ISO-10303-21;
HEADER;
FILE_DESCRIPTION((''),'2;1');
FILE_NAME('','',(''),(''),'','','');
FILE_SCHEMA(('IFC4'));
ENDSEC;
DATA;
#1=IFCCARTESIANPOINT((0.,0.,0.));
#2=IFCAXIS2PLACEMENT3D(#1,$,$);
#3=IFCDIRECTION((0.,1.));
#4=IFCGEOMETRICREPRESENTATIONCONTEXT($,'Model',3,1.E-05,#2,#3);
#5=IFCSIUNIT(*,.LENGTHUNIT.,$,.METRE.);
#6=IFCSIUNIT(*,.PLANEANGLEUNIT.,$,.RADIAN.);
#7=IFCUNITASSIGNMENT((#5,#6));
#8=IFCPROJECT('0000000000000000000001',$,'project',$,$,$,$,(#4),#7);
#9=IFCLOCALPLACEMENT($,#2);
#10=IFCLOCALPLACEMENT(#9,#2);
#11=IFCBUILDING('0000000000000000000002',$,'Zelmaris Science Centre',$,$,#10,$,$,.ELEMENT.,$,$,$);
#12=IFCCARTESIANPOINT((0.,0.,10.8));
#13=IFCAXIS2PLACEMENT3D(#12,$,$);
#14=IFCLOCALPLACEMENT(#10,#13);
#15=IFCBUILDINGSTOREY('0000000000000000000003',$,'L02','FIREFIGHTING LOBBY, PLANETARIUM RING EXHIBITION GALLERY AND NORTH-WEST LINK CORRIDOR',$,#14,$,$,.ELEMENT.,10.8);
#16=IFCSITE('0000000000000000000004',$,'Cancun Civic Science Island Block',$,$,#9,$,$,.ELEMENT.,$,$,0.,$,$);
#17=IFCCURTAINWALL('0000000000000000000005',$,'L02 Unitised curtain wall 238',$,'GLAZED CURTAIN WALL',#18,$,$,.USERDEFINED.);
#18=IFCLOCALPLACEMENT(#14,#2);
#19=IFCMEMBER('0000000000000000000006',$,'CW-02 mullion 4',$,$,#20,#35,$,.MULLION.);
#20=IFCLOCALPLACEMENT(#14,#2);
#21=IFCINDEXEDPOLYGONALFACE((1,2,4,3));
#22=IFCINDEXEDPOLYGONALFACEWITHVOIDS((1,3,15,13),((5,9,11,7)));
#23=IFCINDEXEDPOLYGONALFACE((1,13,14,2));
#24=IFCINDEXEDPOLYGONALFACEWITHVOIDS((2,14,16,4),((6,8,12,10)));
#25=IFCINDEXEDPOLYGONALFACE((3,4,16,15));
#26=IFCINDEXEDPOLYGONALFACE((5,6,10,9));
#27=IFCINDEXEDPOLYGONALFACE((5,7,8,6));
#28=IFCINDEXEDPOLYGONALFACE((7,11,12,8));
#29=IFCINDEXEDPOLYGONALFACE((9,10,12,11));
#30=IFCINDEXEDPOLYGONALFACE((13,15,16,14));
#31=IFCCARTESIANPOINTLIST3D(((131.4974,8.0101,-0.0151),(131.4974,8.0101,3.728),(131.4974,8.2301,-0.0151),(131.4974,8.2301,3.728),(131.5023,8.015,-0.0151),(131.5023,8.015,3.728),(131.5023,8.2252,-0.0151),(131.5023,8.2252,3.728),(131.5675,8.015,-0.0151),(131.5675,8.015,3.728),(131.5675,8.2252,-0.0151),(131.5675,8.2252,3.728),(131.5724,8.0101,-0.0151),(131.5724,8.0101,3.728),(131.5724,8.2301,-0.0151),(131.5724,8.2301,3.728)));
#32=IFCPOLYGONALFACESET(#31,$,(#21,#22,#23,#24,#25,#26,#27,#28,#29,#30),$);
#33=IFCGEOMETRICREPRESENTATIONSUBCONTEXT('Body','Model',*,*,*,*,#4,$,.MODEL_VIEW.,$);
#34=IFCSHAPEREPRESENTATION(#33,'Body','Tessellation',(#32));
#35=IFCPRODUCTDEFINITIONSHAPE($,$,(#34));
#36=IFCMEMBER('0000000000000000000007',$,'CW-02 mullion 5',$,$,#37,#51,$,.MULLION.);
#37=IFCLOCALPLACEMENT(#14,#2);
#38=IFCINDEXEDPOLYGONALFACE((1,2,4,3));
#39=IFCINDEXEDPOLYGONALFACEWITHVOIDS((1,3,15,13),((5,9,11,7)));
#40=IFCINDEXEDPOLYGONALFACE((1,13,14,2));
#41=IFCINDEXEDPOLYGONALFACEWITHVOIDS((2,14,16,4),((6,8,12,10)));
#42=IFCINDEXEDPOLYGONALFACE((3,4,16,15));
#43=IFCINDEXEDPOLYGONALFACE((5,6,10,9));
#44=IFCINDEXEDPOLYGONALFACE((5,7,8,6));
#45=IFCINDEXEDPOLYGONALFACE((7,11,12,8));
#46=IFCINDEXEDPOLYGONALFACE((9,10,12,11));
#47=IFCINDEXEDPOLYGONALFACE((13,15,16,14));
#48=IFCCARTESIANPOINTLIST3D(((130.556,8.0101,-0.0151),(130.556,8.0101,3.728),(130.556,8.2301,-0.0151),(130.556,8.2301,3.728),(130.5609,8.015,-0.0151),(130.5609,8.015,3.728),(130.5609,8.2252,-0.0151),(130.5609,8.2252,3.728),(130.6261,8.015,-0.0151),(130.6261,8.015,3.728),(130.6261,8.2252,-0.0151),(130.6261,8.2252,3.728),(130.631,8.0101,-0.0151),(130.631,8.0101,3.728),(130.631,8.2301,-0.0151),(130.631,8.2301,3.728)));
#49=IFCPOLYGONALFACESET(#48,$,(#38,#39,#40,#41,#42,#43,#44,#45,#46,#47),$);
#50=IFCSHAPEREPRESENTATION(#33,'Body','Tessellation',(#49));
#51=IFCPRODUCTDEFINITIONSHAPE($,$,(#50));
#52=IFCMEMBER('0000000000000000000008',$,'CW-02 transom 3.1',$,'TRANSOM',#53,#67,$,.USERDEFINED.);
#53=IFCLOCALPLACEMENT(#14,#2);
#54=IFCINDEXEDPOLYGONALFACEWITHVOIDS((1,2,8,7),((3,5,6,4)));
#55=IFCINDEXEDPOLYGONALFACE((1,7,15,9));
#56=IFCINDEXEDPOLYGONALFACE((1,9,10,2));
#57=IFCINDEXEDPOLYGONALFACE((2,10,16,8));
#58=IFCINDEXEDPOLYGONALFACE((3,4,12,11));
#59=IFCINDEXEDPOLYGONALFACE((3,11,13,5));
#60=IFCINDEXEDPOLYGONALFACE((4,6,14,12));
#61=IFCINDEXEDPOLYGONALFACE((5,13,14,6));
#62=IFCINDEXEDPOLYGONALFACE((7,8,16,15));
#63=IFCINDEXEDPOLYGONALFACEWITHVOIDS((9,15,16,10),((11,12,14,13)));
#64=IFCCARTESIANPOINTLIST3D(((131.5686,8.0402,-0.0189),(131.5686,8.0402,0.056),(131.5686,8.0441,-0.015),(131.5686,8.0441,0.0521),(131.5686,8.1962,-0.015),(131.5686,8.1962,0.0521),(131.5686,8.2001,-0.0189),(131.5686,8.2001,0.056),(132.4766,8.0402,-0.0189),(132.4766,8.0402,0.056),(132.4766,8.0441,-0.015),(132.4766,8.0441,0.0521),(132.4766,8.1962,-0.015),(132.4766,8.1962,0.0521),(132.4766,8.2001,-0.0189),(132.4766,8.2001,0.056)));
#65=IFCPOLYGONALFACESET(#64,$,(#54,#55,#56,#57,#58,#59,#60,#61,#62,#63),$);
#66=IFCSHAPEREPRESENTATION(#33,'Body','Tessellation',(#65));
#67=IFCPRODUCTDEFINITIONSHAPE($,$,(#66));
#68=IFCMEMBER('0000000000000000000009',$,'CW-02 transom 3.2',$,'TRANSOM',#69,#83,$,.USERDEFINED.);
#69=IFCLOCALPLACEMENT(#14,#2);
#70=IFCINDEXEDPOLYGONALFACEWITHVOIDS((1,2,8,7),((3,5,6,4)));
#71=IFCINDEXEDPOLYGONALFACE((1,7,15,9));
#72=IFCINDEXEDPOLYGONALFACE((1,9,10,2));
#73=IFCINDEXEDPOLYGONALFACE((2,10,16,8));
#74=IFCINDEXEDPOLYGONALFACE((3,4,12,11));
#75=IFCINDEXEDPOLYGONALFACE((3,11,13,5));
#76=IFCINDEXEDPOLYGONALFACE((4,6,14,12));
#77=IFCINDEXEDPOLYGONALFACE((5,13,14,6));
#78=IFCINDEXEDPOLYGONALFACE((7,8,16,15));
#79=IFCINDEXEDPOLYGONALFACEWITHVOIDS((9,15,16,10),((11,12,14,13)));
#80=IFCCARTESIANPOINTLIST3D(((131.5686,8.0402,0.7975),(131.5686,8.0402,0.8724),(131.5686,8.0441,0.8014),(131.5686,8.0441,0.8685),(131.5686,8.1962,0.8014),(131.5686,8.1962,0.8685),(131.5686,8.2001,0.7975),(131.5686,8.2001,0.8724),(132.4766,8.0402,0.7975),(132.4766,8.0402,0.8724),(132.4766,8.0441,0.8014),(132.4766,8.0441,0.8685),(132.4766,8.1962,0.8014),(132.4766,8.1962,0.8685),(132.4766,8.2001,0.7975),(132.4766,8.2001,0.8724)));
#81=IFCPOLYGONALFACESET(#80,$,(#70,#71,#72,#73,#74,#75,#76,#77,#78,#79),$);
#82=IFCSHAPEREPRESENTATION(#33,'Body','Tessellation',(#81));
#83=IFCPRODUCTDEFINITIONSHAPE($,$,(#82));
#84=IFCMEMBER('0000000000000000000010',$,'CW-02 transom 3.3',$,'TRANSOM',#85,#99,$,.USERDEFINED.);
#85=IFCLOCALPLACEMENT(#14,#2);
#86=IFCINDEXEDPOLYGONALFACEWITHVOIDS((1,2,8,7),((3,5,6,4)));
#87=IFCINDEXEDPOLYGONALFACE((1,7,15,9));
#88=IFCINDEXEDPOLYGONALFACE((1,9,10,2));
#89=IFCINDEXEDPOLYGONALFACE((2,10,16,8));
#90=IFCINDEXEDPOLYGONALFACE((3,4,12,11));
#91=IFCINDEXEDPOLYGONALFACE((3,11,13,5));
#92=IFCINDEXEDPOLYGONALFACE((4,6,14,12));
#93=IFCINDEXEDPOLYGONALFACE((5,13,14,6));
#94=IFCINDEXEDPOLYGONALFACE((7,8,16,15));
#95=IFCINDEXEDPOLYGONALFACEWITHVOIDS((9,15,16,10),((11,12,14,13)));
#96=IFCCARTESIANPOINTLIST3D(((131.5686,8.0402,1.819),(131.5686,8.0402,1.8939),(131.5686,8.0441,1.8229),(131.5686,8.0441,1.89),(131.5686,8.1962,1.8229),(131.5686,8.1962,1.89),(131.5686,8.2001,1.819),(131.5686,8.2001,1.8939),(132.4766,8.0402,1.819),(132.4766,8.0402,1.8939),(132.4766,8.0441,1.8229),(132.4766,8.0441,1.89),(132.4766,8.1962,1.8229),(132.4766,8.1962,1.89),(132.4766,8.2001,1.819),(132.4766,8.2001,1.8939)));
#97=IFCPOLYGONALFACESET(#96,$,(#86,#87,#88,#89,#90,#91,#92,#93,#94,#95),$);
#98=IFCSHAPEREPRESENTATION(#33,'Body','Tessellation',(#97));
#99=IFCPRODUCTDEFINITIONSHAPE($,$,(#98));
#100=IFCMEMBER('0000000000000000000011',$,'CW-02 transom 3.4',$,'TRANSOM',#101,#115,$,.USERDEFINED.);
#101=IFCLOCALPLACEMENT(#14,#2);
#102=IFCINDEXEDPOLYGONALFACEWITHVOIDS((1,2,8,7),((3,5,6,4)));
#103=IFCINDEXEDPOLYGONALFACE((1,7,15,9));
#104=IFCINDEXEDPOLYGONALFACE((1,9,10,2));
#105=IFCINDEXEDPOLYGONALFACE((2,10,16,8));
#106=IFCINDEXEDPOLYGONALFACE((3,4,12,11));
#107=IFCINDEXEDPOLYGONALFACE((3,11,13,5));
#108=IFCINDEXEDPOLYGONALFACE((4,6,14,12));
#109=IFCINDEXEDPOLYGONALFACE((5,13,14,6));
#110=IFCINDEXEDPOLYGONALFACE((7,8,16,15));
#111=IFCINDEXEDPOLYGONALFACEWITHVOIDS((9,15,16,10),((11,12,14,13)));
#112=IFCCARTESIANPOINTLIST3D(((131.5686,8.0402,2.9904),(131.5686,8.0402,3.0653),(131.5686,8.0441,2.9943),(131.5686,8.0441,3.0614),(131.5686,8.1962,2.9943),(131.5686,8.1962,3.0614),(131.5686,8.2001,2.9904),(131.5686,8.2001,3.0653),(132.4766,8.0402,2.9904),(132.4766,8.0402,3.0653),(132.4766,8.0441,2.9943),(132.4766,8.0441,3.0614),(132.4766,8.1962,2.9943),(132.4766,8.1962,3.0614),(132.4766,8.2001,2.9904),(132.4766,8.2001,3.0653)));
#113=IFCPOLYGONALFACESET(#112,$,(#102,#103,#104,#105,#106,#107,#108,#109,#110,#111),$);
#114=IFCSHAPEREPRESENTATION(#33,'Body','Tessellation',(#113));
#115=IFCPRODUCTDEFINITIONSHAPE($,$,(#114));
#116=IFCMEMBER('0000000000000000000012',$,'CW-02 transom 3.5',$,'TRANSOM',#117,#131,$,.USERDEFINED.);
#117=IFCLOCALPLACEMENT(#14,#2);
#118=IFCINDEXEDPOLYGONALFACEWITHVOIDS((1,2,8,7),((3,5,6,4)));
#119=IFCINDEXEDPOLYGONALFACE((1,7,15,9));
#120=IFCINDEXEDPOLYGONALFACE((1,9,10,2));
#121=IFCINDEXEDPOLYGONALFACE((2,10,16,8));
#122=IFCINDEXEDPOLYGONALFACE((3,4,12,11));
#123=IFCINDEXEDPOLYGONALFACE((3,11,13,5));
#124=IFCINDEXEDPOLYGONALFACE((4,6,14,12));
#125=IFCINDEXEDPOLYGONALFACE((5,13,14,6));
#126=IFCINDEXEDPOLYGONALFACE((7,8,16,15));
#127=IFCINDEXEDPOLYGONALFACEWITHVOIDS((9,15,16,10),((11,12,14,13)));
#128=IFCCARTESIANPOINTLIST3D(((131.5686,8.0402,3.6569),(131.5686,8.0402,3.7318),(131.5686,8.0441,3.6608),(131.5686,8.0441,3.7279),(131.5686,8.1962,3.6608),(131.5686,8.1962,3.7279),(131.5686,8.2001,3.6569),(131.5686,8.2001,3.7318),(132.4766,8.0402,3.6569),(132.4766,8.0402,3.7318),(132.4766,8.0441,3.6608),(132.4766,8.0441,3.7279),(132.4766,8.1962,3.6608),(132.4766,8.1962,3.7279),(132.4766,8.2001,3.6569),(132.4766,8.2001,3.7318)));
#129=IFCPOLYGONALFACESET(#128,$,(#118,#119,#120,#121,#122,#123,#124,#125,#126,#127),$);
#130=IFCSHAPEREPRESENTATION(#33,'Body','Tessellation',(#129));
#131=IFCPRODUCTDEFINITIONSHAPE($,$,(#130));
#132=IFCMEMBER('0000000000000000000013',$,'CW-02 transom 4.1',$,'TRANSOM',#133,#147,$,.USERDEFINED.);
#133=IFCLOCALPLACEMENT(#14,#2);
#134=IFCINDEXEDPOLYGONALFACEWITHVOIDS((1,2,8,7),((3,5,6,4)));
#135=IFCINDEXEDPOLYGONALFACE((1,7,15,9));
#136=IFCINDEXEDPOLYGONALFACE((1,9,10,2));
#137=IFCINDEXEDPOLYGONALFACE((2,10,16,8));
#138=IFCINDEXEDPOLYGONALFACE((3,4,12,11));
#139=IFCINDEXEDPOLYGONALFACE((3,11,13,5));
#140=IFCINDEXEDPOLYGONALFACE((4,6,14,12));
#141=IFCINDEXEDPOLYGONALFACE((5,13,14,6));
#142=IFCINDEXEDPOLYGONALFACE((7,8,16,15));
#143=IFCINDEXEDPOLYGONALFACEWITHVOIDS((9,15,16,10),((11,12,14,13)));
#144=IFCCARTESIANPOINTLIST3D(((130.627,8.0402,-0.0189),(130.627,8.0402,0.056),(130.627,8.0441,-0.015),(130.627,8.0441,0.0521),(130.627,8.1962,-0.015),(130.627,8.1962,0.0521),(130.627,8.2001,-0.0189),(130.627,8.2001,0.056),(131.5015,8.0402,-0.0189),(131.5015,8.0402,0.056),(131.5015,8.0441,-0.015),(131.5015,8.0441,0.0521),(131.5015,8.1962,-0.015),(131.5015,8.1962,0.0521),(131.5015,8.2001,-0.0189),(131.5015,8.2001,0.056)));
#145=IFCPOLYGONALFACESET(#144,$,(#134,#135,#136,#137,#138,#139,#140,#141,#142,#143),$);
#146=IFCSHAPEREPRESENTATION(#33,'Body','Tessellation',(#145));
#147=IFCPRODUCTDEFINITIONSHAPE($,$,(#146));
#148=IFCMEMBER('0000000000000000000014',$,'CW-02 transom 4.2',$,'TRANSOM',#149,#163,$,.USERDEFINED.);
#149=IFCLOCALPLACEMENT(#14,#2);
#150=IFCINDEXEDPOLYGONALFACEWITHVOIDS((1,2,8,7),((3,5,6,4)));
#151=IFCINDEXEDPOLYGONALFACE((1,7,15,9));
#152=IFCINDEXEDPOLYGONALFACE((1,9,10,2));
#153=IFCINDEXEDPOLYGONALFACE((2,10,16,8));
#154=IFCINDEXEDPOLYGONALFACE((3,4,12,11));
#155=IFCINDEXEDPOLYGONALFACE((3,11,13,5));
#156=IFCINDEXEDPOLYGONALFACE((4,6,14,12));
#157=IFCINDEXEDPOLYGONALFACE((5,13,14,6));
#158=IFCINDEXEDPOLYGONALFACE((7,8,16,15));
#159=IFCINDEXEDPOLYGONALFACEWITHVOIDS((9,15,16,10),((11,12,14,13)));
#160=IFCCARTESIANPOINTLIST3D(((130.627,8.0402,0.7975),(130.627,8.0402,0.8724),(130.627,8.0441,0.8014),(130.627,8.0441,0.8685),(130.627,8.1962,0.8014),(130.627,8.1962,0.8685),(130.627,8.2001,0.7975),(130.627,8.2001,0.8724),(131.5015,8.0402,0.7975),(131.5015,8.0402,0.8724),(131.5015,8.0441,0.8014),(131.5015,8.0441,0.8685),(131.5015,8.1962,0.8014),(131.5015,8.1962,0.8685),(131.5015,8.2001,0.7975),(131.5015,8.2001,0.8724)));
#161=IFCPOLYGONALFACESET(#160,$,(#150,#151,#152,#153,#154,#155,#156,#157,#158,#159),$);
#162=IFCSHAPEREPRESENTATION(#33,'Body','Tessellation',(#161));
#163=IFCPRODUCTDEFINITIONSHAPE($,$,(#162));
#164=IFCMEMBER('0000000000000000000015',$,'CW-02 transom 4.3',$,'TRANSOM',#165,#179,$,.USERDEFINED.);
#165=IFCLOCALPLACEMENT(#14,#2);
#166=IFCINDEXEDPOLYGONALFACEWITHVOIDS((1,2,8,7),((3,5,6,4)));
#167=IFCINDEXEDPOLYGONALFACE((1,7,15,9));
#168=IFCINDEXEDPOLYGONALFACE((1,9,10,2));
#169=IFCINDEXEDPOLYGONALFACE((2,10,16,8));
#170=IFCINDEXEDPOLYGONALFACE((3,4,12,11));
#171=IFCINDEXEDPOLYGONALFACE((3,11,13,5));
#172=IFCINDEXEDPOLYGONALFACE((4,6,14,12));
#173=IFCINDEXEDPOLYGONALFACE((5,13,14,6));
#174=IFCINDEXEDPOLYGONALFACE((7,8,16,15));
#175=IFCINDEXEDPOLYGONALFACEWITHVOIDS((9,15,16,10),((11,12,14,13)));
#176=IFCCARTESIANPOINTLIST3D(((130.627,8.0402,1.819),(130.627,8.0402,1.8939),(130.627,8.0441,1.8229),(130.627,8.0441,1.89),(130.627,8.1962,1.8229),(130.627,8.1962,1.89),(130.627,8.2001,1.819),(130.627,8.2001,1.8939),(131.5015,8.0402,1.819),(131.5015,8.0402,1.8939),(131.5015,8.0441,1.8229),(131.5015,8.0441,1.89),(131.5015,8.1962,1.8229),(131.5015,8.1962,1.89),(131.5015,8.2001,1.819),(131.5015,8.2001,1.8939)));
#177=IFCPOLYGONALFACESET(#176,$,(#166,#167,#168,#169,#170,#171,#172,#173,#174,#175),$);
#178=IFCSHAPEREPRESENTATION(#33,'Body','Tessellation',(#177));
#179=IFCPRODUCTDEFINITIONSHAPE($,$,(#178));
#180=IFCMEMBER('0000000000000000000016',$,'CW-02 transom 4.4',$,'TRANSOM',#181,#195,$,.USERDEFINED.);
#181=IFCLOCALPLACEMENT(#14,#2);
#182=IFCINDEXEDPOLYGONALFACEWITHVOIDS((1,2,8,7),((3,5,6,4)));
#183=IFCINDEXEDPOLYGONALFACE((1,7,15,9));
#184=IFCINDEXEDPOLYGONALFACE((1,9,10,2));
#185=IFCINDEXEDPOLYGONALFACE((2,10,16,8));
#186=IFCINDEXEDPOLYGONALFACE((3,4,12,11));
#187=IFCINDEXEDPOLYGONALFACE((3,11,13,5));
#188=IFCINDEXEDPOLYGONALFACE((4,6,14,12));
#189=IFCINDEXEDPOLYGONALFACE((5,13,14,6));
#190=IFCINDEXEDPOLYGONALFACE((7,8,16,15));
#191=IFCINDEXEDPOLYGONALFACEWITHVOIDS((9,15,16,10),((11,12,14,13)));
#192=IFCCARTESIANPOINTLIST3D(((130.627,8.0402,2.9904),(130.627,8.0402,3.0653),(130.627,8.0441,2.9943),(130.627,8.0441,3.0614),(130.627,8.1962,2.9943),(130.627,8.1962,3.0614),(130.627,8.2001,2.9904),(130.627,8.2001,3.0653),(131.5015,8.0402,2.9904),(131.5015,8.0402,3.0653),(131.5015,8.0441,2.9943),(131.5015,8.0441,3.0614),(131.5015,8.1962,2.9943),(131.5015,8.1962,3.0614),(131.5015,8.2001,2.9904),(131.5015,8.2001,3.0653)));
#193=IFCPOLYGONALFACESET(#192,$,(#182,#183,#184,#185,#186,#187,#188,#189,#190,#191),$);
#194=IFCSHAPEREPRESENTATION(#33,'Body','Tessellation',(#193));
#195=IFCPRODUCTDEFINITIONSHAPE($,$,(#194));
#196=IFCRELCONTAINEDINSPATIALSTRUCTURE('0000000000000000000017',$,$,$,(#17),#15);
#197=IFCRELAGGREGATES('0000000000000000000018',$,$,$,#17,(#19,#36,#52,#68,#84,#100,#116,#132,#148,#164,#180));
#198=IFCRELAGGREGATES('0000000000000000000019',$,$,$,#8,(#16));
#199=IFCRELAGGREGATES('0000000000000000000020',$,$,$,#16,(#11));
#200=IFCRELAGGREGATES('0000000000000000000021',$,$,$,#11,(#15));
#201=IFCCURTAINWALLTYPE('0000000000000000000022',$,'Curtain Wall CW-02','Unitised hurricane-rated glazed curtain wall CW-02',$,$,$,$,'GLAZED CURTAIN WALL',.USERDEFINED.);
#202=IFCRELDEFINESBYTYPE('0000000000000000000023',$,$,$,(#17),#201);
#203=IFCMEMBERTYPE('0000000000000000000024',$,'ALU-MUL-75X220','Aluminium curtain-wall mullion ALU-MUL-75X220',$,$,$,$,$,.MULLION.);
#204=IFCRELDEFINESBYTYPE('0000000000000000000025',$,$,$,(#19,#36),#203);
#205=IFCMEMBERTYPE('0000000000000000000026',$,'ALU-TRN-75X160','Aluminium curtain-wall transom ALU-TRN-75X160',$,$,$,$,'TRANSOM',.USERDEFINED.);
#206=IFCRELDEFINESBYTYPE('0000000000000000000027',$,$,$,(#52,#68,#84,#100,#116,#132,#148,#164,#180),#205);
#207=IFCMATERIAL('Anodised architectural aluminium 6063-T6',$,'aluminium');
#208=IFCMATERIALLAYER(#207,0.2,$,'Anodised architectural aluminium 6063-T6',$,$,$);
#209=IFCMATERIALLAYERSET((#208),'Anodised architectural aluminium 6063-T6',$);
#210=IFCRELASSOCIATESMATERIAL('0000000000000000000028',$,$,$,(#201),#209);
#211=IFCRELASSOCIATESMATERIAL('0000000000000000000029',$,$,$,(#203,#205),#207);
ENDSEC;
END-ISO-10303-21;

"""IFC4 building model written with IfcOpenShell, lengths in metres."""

from ifc_helpers import new_model, si_unit, direction, frame, origin, origin_2d, place, context, subcontext, project, spatial, hollow_rectangle, extrude, material, layer, layer_set, material_profile, profile_set, type_object, element, aggregate, save


model = new_model("IFC4")

# Units and contexts
model_context = context("Model", 3, precision=1e-05, world=origin(), true_north=direction((0.0, 1.0)))
body_context = subcontext(model_context, "Body", "Model", "MODEL_VIEW")
ifc_project = project(units=[si_unit("LENGTHUNIT", "METRE"), si_unit("PLANEANGLEUNIT", "RADIAN")], contexts=[model_context])

# Site, building, storey
site_placement = place(None, origin())
site = spatial("IfcSite", under=ifc_project, at=site_placement, Name="Cancun Civic Science Island Block", CompositionType="ELEMENT", RefElevation=0.0)
building_placement = place(site_placement, origin())
building = spatial("IfcBuilding", under=site, at=building_placement, Name="Zelmaris Science Centre", CompositionType="ELEMENT")
storey_placement = place(building_placement, frame((0.0, 0.0, 10.8)))
storey = spatial("IfcBuildingStorey", under=building, at=storey_placement, Name="L02", Description="FIREFIGHTING LOBBY, PLANETARIUM RING EXHIBITION GALLERY AND NORTH-WEST LINK CORRIDOR", CompositionType="ELEMENT", Elevation=10.8)

# Curtain wall, members
ifc_material_1 = material(Name="Anodised architectural aluminium 6063-T6", Category="aluminium")
ifc_layer_1 = layer(ifc_material_1, 0.2, Name="Anodised architectural aluminium 6063-T6")
ifc_layer_set_1 = layer_set([ifc_layer_1], Name="Anodised architectural aluminium 6063-T6")
curtain_wall_type = type_object("IfcCurtainWallType", Name="Curtain Wall CW-02", Description="Unitised hurricane-rated glazed curtain wall CW-02", ElementType="GLAZED CURTAIN WALL", PredefinedType="USERDEFINED", material=ifc_layer_set_1)
curtain_wall_placement = place(storey_placement, origin())
curtain_wall = element("IfcCurtainWall", 1, at=curtain_wall_placement, inside=storey, type_object=curtain_wall_type, Name="L02 Unitised curtain wall 238", ObjectType="GLAZED CURTAIN WALL", PredefinedType="USERDEFINED")
ifc_material_profile_1 = material_profile(ifc_material_1, hollow_rectangle(XDim=0.075, YDim=0.22, WallThickness=0.0049, at=origin_2d()), Name="ALU-MUL-75X220")
ifc_profile_set_1 = profile_set([ifc_material_profile_1], Name="Anodised architectural aluminium 6063-T6")
member_type_1 = type_object("IfcMemberType", Name="ALU-MUL-75X220", Description="Aluminium curtain-wall mullion ALU-MUL-75X220", PredefinedType="MULLION", material=ifc_profile_set_1)
member_1_placement = place(storey_placement, frame((131.5349, 8.1201, -0.0151), z_axis=(0.0, 0.0, 1.0), x_axis=(-1.0, 0.0, 0.0)))
member_1 = element("IfcMember", 2, at=member_1_placement, type_object=member_type_1, Name="CW-02 mullion 4", PredefinedType="MULLION", context=body_context, shape_type="SweptSolid", body=[
    extrude(hollow_rectangle(XDim=0.075, YDim=0.22, WallThickness=0.0049, at=origin_2d()), origin(), (0.0, 0.0, 1.0), 3.7432),
])
member_2_placement = place(storey_placement, frame((130.5935, 8.1201, -0.0151), z_axis=(0.0, 0.0, 1.0), x_axis=(-1.0, 0.0, 0.0)))
member_2 = element("IfcMember", 3, at=member_2_placement, type_object=member_type_1, Name="CW-02 mullion 5", PredefinedType="MULLION", context=body_context, shape_type="SweptSolid", body=[
    extrude(hollow_rectangle(XDim=0.075, YDim=0.22, WallThickness=0.0049, at=origin_2d()), origin(), (0.0, 0.0, 1.0), 3.7432),
])
ifc_material_profile_2 = material_profile(ifc_material_1, hollow_rectangle(XDim=0.075, YDim=0.1599, WallThickness=0.0039, at=origin_2d()), Name="ALU-TRN-75X160")
ifc_profile_set_2 = profile_set([ifc_material_profile_2], Name="Anodised architectural aluminium 6063-T6")
member_type_2 = type_object("IfcMemberType", Name="ALU-TRN-75X160", Description="Aluminium curtain-wall transom ALU-TRN-75X160", ElementType="TRANSOM", PredefinedType="USERDEFINED", material=ifc_profile_set_2)
member_3_placement = place(storey_placement, frame((132.4766, 8.1201, 0.0186), z_axis=(-1.0, 0.0, 0.0), x_axis=(0.0, 0.0, 1.0)))
member_3 = element("IfcMember", 4, at=member_3_placement, type_object=member_type_2, Name="CW-02 transom 3.1", ObjectType="TRANSOM", PredefinedType="USERDEFINED", context=body_context, shape_type="SweptSolid", body=[
    extrude(hollow_rectangle(XDim=0.075, YDim=0.1599, WallThickness=0.0039, at=origin_2d()), origin(), (0.0, 0.0, 1.0), 0.908),
])
member_4_placement = place(storey_placement, frame((132.4766, 8.1201, 0.835), z_axis=(-1.0, 0.0, 0.0), x_axis=(0.0, 0.0, 1.0)))
member_4 = element("IfcMember", 5, at=member_4_placement, type_object=member_type_2, Name="CW-02 transom 3.2", ObjectType="TRANSOM", PredefinedType="USERDEFINED", context=body_context, shape_type="SweptSolid", body=[
    extrude(hollow_rectangle(XDim=0.075, YDim=0.1599, WallThickness=0.0039, at=origin_2d()), origin(), (0.0, 0.0, 1.0), 0.908),
])
member_5_placement = place(storey_placement, frame((132.4766, 8.1201, 1.8564), z_axis=(-1.0, 0.0, 0.0), x_axis=(0.0, 0.0, 1.0)))
member_5 = element("IfcMember", 6, at=member_5_placement, type_object=member_type_2, Name="CW-02 transom 3.3", ObjectType="TRANSOM", PredefinedType="USERDEFINED", context=body_context, shape_type="SweptSolid", body=[
    extrude(hollow_rectangle(XDim=0.075, YDim=0.1599, WallThickness=0.0039, at=origin_2d()), origin(), (0.0, 0.0, 1.0), 0.908),
])
member_6_placement = place(storey_placement, frame((132.4766, 8.1201, 3.0278), z_axis=(-1.0, 0.0, 0.0), x_axis=(0.0, 0.0, 1.0)))
member_6 = element("IfcMember", 7, at=member_6_placement, type_object=member_type_2, Name="CW-02 transom 3.4", ObjectType="TRANSOM", PredefinedType="USERDEFINED", context=body_context, shape_type="SweptSolid", body=[
    extrude(hollow_rectangle(XDim=0.075, YDim=0.1599, WallThickness=0.0039, at=origin_2d()), origin(), (0.0, 0.0, 1.0), 0.908),
])
member_7_placement = place(storey_placement, frame((132.4766, 8.1201, 3.6943), z_axis=(-1.0, 0.0, 0.0), x_axis=(0.0, 0.0, 1.0)))
member_7 = element("IfcMember", 8, at=member_7_placement, type_object=member_type_2, Name="CW-02 transom 3.5", ObjectType="TRANSOM", PredefinedType="USERDEFINED", context=body_context, shape_type="SweptSolid", body=[
    extrude(hollow_rectangle(XDim=0.075, YDim=0.1599, WallThickness=0.0039, at=origin_2d()), origin(), (0.0, 0.0, 1.0), 0.908),
])
member_8_placement = place(storey_placement, frame((131.5015, 8.1201, 0.0186), z_axis=(-1.0, 0.0, 0.0), x_axis=(0.0, 0.0, 1.0)))
member_8 = element("IfcMember", 9, at=member_8_placement, type_object=member_type_2, Name="CW-02 transom 4.1", ObjectType="TRANSOM", PredefinedType="USERDEFINED", context=body_context, shape_type="SweptSolid", body=[
    extrude(hollow_rectangle(XDim=0.075, YDim=0.1599, WallThickness=0.0039, at=origin_2d()), origin(), (0.0, 0.0, 1.0), 0.8745),
])
member_9_placement = place(storey_placement, frame((131.5015, 8.1201, 0.835), z_axis=(-1.0, 0.0, 0.0), x_axis=(0.0, 0.0, 1.0)))
member_9 = element("IfcMember", 10, at=member_9_placement, type_object=member_type_2, Name="CW-02 transom 4.2", ObjectType="TRANSOM", PredefinedType="USERDEFINED", context=body_context, shape_type="SweptSolid", body=[
    extrude(hollow_rectangle(XDim=0.075, YDim=0.1599, WallThickness=0.0039, at=origin_2d()), origin(), (0.0, 0.0, 1.0), 0.8745),
])
member_10_placement = place(storey_placement, frame((131.5015, 8.1201, 1.8564), z_axis=(-1.0, 0.0, 0.0), x_axis=(0.0, 0.0, 1.0)))
member_10 = element("IfcMember", 11, at=member_10_placement, type_object=member_type_2, Name="CW-02 transom 4.3", ObjectType="TRANSOM", PredefinedType="USERDEFINED", context=body_context, shape_type="SweptSolid", body=[
    extrude(hollow_rectangle(XDim=0.075, YDim=0.1599, WallThickness=0.0039, at=origin_2d()), origin(), (0.0, 0.0, 1.0), 0.8745),
])
member_11_placement = place(storey_placement, frame((131.5015, 8.1201, 3.0278), z_axis=(-1.0, 0.0, 0.0), x_axis=(0.0, 0.0, 1.0)))
member_11 = element("IfcMember", 12, at=member_11_placement, type_object=member_type_2, Name="CW-02 transom 4.4", ObjectType="TRANSOM", PredefinedType="USERDEFINED", context=body_context, shape_type="SweptSolid", body=[
    extrude(hollow_rectangle(XDim=0.075, YDim=0.1599, WallThickness=0.0039, at=origin_2d()), origin(), (0.0, 0.0, 1.0), 0.8745),
])
aggregate(curtain_wall, [member_1, member_2, member_3, member_4, member_5, member_6, member_7, member_8, member_9, member_10, member_11])

save(model, "model.ifc")
